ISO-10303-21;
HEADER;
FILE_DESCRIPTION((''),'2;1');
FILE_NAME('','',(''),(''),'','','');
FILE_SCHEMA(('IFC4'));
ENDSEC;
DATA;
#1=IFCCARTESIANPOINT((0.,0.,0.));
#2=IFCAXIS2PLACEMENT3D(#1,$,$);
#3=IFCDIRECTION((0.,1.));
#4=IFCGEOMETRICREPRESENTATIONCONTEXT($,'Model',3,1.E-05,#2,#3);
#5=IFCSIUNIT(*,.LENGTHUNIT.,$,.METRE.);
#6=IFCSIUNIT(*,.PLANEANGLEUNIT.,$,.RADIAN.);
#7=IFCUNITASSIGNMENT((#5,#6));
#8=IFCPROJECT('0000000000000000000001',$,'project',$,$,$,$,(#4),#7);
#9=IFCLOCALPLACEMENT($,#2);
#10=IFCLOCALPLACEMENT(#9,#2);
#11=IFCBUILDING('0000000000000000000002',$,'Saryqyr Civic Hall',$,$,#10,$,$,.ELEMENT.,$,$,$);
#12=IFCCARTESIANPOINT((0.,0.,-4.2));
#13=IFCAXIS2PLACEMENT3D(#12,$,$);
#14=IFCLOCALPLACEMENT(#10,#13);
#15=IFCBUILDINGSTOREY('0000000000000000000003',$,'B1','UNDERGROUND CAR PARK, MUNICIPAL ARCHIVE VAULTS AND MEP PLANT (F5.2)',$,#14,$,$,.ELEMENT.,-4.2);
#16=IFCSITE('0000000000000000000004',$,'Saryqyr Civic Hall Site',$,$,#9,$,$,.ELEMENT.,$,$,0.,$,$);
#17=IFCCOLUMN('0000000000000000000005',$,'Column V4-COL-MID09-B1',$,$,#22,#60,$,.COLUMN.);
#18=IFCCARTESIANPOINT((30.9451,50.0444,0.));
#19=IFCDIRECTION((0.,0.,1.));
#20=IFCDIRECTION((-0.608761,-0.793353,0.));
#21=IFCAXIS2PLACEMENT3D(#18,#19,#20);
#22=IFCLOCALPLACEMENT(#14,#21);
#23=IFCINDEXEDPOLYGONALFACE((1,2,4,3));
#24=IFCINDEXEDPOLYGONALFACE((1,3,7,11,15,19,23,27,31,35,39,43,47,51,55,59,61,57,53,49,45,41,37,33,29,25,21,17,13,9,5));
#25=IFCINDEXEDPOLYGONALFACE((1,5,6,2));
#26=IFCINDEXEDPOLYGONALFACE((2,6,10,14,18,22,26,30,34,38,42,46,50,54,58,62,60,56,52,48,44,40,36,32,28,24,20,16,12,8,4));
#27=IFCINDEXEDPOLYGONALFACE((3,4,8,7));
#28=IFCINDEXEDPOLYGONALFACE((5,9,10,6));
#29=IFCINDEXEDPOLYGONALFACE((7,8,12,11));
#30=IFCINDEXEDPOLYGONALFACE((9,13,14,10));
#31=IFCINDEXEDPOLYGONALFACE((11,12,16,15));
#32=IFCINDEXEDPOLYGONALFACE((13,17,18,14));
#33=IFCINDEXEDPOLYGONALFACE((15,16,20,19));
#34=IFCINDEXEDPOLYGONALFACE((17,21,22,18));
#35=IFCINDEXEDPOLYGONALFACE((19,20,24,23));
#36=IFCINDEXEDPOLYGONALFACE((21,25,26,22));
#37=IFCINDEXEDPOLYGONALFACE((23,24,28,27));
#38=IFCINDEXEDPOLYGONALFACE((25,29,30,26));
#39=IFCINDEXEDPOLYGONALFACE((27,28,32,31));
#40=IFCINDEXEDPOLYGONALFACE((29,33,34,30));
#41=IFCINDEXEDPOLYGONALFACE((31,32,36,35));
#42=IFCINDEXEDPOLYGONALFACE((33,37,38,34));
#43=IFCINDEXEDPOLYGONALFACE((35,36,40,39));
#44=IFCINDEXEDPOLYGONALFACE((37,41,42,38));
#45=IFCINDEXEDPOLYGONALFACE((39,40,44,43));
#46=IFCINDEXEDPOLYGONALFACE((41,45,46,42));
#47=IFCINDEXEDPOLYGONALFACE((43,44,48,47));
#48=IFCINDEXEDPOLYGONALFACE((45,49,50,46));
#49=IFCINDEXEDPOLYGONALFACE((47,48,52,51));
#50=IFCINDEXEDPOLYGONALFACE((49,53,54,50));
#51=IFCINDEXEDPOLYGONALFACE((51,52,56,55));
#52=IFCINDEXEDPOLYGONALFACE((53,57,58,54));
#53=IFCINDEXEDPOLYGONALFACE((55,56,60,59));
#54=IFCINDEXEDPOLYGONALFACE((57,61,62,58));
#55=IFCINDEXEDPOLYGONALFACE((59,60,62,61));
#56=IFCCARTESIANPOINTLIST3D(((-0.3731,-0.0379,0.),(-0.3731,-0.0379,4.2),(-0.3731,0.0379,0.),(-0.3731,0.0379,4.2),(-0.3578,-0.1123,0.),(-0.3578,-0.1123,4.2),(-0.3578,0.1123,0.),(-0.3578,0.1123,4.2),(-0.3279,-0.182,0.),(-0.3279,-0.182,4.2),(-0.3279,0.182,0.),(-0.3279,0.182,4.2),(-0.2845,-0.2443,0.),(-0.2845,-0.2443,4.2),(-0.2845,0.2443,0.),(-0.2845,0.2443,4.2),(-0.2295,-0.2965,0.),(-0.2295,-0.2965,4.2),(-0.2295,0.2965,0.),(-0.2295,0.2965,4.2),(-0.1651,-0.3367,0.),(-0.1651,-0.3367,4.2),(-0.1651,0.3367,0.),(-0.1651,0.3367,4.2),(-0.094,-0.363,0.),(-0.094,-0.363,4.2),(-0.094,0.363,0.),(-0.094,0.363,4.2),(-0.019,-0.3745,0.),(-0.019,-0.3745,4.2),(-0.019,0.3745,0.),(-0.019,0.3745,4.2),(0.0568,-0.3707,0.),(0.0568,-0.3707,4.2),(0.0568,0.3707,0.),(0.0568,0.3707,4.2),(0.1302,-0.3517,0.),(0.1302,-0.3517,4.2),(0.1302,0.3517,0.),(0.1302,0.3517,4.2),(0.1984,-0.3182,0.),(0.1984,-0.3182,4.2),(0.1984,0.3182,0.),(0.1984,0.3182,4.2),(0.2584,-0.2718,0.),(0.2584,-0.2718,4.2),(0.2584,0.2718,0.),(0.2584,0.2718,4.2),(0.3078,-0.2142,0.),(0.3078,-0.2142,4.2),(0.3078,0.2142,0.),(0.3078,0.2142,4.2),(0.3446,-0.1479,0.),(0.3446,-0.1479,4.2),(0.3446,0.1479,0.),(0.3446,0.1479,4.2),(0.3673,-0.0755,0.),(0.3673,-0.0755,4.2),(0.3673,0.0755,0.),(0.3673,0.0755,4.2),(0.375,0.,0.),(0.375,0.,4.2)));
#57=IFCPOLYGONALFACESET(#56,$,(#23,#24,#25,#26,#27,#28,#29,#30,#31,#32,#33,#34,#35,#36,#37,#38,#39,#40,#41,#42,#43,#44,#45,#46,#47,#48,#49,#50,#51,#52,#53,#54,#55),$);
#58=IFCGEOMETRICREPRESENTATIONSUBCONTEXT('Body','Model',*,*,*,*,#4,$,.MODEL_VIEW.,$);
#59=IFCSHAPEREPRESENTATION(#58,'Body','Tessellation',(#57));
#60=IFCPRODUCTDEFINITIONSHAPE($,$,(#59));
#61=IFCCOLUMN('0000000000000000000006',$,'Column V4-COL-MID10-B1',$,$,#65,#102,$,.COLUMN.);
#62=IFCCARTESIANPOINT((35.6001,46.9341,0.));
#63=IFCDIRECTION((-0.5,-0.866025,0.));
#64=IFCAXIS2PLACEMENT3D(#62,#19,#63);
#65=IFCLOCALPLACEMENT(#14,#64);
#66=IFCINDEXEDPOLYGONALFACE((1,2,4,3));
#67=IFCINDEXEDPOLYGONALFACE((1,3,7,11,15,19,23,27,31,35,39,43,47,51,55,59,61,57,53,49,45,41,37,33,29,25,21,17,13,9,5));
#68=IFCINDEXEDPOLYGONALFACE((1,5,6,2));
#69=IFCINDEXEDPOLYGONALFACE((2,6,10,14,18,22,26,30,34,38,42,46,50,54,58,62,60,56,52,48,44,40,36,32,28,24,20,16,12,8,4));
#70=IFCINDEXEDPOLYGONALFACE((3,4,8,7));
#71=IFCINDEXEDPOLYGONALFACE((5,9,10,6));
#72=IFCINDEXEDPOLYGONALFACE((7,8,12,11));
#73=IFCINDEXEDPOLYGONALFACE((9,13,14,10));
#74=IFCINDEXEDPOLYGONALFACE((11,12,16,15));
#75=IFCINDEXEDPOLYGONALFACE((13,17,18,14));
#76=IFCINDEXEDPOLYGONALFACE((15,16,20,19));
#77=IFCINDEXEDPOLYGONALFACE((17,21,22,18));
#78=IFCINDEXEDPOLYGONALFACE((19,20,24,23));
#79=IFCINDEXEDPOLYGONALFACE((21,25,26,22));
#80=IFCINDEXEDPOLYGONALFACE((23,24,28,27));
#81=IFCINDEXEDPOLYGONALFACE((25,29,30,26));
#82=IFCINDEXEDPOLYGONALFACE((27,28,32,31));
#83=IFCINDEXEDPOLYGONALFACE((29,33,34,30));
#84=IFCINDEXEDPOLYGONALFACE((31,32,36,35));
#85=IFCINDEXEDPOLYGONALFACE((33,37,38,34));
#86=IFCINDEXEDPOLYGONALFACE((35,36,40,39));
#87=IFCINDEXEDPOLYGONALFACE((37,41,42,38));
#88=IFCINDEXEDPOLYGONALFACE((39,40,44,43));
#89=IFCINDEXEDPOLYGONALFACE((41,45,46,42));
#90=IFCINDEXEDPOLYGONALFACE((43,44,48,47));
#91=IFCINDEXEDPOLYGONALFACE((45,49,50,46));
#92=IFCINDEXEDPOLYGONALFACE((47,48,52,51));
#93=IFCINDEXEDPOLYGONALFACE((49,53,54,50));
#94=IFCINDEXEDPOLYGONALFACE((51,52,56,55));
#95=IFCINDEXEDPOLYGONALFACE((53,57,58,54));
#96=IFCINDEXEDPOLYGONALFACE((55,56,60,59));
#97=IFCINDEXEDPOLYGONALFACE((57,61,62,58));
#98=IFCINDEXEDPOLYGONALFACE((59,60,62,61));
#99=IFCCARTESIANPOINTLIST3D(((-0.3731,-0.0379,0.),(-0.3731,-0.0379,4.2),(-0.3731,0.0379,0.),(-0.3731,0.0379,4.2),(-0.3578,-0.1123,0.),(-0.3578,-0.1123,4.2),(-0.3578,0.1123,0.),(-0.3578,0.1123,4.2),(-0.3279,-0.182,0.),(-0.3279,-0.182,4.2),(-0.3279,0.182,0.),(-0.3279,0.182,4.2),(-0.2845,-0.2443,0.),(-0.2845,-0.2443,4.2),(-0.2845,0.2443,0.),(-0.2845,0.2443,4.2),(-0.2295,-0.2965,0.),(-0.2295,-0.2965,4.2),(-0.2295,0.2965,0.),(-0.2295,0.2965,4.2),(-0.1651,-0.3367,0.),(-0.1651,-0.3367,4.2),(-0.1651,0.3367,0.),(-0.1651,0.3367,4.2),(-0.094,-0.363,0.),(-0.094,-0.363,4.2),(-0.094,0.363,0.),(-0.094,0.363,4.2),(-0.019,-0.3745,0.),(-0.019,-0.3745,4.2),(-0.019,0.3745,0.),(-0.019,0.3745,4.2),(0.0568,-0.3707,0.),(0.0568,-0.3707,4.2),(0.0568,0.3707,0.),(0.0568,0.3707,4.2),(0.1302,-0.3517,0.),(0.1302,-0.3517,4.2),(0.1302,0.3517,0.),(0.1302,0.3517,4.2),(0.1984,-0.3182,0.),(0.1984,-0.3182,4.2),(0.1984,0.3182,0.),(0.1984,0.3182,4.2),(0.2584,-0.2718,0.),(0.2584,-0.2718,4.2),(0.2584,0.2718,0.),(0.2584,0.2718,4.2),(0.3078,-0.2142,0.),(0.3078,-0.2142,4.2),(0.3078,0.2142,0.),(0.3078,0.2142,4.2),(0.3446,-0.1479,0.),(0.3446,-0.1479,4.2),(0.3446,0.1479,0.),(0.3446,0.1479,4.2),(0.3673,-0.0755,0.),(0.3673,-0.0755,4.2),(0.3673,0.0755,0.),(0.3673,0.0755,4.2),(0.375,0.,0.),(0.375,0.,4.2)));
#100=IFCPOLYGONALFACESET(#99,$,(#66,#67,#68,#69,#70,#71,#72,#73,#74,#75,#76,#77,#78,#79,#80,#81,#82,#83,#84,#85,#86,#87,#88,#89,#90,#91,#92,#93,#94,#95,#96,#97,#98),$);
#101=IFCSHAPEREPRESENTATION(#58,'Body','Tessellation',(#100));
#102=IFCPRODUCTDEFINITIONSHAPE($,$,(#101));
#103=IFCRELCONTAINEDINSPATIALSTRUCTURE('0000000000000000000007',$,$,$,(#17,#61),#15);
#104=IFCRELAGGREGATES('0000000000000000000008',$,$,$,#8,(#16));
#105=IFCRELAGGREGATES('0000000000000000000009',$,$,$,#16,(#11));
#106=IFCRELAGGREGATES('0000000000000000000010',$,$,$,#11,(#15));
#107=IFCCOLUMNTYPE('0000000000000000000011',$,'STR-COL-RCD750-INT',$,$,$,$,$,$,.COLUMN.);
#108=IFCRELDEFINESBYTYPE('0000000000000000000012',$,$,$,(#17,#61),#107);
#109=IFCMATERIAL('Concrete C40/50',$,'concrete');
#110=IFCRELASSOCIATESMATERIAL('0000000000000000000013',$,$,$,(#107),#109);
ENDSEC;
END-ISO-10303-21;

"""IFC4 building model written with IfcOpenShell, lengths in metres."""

from ifc_helpers import new_model, si_unit, direction, frame, origin, origin_2d, place, context, subcontext, project, spatial, circle, extrude, material, material_profile, profile_set, type_object, element, save


model = new_model("IFC4")

# Units and contexts
model_context = context("Model", 3, precision=1e-05, world=origin(), true_north=direction((0.0, 1.0)))
body_context = subcontext(model_context, "Body", "Model", "MODEL_VIEW")
ifc_project = project(units=[si_unit("LENGTHUNIT", "METRE"), si_unit("PLANEANGLEUNIT", "RADIAN")], contexts=[model_context])

# Site, building, storey
site_placement = place(None, origin())
site = spatial("IfcSite", under=ifc_project, at=site_placement, Name="Saryqyr Civic Hall Site", CompositionType="ELEMENT", RefElevation=0.0)
building_placement = place(site_placement, origin())
building = spatial("IfcBuilding", under=site, at=building_placement, Name="Saryqyr Civic Hall", CompositionType="ELEMENT")
storey_placement = place(building_placement, frame((0.0, 0.0, -4.2)))
storey = spatial("IfcBuildingStorey", under=building, at=storey_placement, Name="B1", Description="UNDERGROUND CAR PARK, MUNICIPAL ARCHIVE VAULTS AND MEP PLANT (F5.2)", CompositionType="ELEMENT", Elevation=-4.2)

# Columns
ifc_material_1 = material(Name="Concrete C40/50", Category="concrete")
ifc_material_profile_1 = material_profile(ifc_material_1, circle(Radius=0.375, at=origin_2d()), Name="RC D750")
ifc_profile_set_1 = profile_set([ifc_material_profile_1], Name="Concrete C40/50")
column_type_1 = type_object("IfcColumnType", Name="STR-COL-RCD750-INT", PredefinedType="COLUMN", material=ifc_profile_set_1)
for number, where, z_axis, x_axis, name in (
    (1, (30.9451, 50.0444, 0.0), (0.0, 0.0, 1.0), (-0.608761, -0.793353, 0.0), "Column V4-COL-MID09-B1"),
    (2, (35.6001, 46.9341, 0.0), (0.0, 0.0, 1.0), (-0.5, -0.866025, 0.0), "Column V4-COL-MID10-B1"),
):
    element("IfcColumn", number, at=place(storey_placement, frame(where, z_axis=z_axis, x_axis=x_axis)), inside=storey, type_object=column_type_1, Name=name, PredefinedType="COLUMN", context=body_context, shape_type="SweptSolid", body=[
        extrude(circle(Radius=0.375, at=origin_2d()), origin(), (0.0, 0.0, 1.0), 4.2),
    ])

save(model, "model.ifc")
